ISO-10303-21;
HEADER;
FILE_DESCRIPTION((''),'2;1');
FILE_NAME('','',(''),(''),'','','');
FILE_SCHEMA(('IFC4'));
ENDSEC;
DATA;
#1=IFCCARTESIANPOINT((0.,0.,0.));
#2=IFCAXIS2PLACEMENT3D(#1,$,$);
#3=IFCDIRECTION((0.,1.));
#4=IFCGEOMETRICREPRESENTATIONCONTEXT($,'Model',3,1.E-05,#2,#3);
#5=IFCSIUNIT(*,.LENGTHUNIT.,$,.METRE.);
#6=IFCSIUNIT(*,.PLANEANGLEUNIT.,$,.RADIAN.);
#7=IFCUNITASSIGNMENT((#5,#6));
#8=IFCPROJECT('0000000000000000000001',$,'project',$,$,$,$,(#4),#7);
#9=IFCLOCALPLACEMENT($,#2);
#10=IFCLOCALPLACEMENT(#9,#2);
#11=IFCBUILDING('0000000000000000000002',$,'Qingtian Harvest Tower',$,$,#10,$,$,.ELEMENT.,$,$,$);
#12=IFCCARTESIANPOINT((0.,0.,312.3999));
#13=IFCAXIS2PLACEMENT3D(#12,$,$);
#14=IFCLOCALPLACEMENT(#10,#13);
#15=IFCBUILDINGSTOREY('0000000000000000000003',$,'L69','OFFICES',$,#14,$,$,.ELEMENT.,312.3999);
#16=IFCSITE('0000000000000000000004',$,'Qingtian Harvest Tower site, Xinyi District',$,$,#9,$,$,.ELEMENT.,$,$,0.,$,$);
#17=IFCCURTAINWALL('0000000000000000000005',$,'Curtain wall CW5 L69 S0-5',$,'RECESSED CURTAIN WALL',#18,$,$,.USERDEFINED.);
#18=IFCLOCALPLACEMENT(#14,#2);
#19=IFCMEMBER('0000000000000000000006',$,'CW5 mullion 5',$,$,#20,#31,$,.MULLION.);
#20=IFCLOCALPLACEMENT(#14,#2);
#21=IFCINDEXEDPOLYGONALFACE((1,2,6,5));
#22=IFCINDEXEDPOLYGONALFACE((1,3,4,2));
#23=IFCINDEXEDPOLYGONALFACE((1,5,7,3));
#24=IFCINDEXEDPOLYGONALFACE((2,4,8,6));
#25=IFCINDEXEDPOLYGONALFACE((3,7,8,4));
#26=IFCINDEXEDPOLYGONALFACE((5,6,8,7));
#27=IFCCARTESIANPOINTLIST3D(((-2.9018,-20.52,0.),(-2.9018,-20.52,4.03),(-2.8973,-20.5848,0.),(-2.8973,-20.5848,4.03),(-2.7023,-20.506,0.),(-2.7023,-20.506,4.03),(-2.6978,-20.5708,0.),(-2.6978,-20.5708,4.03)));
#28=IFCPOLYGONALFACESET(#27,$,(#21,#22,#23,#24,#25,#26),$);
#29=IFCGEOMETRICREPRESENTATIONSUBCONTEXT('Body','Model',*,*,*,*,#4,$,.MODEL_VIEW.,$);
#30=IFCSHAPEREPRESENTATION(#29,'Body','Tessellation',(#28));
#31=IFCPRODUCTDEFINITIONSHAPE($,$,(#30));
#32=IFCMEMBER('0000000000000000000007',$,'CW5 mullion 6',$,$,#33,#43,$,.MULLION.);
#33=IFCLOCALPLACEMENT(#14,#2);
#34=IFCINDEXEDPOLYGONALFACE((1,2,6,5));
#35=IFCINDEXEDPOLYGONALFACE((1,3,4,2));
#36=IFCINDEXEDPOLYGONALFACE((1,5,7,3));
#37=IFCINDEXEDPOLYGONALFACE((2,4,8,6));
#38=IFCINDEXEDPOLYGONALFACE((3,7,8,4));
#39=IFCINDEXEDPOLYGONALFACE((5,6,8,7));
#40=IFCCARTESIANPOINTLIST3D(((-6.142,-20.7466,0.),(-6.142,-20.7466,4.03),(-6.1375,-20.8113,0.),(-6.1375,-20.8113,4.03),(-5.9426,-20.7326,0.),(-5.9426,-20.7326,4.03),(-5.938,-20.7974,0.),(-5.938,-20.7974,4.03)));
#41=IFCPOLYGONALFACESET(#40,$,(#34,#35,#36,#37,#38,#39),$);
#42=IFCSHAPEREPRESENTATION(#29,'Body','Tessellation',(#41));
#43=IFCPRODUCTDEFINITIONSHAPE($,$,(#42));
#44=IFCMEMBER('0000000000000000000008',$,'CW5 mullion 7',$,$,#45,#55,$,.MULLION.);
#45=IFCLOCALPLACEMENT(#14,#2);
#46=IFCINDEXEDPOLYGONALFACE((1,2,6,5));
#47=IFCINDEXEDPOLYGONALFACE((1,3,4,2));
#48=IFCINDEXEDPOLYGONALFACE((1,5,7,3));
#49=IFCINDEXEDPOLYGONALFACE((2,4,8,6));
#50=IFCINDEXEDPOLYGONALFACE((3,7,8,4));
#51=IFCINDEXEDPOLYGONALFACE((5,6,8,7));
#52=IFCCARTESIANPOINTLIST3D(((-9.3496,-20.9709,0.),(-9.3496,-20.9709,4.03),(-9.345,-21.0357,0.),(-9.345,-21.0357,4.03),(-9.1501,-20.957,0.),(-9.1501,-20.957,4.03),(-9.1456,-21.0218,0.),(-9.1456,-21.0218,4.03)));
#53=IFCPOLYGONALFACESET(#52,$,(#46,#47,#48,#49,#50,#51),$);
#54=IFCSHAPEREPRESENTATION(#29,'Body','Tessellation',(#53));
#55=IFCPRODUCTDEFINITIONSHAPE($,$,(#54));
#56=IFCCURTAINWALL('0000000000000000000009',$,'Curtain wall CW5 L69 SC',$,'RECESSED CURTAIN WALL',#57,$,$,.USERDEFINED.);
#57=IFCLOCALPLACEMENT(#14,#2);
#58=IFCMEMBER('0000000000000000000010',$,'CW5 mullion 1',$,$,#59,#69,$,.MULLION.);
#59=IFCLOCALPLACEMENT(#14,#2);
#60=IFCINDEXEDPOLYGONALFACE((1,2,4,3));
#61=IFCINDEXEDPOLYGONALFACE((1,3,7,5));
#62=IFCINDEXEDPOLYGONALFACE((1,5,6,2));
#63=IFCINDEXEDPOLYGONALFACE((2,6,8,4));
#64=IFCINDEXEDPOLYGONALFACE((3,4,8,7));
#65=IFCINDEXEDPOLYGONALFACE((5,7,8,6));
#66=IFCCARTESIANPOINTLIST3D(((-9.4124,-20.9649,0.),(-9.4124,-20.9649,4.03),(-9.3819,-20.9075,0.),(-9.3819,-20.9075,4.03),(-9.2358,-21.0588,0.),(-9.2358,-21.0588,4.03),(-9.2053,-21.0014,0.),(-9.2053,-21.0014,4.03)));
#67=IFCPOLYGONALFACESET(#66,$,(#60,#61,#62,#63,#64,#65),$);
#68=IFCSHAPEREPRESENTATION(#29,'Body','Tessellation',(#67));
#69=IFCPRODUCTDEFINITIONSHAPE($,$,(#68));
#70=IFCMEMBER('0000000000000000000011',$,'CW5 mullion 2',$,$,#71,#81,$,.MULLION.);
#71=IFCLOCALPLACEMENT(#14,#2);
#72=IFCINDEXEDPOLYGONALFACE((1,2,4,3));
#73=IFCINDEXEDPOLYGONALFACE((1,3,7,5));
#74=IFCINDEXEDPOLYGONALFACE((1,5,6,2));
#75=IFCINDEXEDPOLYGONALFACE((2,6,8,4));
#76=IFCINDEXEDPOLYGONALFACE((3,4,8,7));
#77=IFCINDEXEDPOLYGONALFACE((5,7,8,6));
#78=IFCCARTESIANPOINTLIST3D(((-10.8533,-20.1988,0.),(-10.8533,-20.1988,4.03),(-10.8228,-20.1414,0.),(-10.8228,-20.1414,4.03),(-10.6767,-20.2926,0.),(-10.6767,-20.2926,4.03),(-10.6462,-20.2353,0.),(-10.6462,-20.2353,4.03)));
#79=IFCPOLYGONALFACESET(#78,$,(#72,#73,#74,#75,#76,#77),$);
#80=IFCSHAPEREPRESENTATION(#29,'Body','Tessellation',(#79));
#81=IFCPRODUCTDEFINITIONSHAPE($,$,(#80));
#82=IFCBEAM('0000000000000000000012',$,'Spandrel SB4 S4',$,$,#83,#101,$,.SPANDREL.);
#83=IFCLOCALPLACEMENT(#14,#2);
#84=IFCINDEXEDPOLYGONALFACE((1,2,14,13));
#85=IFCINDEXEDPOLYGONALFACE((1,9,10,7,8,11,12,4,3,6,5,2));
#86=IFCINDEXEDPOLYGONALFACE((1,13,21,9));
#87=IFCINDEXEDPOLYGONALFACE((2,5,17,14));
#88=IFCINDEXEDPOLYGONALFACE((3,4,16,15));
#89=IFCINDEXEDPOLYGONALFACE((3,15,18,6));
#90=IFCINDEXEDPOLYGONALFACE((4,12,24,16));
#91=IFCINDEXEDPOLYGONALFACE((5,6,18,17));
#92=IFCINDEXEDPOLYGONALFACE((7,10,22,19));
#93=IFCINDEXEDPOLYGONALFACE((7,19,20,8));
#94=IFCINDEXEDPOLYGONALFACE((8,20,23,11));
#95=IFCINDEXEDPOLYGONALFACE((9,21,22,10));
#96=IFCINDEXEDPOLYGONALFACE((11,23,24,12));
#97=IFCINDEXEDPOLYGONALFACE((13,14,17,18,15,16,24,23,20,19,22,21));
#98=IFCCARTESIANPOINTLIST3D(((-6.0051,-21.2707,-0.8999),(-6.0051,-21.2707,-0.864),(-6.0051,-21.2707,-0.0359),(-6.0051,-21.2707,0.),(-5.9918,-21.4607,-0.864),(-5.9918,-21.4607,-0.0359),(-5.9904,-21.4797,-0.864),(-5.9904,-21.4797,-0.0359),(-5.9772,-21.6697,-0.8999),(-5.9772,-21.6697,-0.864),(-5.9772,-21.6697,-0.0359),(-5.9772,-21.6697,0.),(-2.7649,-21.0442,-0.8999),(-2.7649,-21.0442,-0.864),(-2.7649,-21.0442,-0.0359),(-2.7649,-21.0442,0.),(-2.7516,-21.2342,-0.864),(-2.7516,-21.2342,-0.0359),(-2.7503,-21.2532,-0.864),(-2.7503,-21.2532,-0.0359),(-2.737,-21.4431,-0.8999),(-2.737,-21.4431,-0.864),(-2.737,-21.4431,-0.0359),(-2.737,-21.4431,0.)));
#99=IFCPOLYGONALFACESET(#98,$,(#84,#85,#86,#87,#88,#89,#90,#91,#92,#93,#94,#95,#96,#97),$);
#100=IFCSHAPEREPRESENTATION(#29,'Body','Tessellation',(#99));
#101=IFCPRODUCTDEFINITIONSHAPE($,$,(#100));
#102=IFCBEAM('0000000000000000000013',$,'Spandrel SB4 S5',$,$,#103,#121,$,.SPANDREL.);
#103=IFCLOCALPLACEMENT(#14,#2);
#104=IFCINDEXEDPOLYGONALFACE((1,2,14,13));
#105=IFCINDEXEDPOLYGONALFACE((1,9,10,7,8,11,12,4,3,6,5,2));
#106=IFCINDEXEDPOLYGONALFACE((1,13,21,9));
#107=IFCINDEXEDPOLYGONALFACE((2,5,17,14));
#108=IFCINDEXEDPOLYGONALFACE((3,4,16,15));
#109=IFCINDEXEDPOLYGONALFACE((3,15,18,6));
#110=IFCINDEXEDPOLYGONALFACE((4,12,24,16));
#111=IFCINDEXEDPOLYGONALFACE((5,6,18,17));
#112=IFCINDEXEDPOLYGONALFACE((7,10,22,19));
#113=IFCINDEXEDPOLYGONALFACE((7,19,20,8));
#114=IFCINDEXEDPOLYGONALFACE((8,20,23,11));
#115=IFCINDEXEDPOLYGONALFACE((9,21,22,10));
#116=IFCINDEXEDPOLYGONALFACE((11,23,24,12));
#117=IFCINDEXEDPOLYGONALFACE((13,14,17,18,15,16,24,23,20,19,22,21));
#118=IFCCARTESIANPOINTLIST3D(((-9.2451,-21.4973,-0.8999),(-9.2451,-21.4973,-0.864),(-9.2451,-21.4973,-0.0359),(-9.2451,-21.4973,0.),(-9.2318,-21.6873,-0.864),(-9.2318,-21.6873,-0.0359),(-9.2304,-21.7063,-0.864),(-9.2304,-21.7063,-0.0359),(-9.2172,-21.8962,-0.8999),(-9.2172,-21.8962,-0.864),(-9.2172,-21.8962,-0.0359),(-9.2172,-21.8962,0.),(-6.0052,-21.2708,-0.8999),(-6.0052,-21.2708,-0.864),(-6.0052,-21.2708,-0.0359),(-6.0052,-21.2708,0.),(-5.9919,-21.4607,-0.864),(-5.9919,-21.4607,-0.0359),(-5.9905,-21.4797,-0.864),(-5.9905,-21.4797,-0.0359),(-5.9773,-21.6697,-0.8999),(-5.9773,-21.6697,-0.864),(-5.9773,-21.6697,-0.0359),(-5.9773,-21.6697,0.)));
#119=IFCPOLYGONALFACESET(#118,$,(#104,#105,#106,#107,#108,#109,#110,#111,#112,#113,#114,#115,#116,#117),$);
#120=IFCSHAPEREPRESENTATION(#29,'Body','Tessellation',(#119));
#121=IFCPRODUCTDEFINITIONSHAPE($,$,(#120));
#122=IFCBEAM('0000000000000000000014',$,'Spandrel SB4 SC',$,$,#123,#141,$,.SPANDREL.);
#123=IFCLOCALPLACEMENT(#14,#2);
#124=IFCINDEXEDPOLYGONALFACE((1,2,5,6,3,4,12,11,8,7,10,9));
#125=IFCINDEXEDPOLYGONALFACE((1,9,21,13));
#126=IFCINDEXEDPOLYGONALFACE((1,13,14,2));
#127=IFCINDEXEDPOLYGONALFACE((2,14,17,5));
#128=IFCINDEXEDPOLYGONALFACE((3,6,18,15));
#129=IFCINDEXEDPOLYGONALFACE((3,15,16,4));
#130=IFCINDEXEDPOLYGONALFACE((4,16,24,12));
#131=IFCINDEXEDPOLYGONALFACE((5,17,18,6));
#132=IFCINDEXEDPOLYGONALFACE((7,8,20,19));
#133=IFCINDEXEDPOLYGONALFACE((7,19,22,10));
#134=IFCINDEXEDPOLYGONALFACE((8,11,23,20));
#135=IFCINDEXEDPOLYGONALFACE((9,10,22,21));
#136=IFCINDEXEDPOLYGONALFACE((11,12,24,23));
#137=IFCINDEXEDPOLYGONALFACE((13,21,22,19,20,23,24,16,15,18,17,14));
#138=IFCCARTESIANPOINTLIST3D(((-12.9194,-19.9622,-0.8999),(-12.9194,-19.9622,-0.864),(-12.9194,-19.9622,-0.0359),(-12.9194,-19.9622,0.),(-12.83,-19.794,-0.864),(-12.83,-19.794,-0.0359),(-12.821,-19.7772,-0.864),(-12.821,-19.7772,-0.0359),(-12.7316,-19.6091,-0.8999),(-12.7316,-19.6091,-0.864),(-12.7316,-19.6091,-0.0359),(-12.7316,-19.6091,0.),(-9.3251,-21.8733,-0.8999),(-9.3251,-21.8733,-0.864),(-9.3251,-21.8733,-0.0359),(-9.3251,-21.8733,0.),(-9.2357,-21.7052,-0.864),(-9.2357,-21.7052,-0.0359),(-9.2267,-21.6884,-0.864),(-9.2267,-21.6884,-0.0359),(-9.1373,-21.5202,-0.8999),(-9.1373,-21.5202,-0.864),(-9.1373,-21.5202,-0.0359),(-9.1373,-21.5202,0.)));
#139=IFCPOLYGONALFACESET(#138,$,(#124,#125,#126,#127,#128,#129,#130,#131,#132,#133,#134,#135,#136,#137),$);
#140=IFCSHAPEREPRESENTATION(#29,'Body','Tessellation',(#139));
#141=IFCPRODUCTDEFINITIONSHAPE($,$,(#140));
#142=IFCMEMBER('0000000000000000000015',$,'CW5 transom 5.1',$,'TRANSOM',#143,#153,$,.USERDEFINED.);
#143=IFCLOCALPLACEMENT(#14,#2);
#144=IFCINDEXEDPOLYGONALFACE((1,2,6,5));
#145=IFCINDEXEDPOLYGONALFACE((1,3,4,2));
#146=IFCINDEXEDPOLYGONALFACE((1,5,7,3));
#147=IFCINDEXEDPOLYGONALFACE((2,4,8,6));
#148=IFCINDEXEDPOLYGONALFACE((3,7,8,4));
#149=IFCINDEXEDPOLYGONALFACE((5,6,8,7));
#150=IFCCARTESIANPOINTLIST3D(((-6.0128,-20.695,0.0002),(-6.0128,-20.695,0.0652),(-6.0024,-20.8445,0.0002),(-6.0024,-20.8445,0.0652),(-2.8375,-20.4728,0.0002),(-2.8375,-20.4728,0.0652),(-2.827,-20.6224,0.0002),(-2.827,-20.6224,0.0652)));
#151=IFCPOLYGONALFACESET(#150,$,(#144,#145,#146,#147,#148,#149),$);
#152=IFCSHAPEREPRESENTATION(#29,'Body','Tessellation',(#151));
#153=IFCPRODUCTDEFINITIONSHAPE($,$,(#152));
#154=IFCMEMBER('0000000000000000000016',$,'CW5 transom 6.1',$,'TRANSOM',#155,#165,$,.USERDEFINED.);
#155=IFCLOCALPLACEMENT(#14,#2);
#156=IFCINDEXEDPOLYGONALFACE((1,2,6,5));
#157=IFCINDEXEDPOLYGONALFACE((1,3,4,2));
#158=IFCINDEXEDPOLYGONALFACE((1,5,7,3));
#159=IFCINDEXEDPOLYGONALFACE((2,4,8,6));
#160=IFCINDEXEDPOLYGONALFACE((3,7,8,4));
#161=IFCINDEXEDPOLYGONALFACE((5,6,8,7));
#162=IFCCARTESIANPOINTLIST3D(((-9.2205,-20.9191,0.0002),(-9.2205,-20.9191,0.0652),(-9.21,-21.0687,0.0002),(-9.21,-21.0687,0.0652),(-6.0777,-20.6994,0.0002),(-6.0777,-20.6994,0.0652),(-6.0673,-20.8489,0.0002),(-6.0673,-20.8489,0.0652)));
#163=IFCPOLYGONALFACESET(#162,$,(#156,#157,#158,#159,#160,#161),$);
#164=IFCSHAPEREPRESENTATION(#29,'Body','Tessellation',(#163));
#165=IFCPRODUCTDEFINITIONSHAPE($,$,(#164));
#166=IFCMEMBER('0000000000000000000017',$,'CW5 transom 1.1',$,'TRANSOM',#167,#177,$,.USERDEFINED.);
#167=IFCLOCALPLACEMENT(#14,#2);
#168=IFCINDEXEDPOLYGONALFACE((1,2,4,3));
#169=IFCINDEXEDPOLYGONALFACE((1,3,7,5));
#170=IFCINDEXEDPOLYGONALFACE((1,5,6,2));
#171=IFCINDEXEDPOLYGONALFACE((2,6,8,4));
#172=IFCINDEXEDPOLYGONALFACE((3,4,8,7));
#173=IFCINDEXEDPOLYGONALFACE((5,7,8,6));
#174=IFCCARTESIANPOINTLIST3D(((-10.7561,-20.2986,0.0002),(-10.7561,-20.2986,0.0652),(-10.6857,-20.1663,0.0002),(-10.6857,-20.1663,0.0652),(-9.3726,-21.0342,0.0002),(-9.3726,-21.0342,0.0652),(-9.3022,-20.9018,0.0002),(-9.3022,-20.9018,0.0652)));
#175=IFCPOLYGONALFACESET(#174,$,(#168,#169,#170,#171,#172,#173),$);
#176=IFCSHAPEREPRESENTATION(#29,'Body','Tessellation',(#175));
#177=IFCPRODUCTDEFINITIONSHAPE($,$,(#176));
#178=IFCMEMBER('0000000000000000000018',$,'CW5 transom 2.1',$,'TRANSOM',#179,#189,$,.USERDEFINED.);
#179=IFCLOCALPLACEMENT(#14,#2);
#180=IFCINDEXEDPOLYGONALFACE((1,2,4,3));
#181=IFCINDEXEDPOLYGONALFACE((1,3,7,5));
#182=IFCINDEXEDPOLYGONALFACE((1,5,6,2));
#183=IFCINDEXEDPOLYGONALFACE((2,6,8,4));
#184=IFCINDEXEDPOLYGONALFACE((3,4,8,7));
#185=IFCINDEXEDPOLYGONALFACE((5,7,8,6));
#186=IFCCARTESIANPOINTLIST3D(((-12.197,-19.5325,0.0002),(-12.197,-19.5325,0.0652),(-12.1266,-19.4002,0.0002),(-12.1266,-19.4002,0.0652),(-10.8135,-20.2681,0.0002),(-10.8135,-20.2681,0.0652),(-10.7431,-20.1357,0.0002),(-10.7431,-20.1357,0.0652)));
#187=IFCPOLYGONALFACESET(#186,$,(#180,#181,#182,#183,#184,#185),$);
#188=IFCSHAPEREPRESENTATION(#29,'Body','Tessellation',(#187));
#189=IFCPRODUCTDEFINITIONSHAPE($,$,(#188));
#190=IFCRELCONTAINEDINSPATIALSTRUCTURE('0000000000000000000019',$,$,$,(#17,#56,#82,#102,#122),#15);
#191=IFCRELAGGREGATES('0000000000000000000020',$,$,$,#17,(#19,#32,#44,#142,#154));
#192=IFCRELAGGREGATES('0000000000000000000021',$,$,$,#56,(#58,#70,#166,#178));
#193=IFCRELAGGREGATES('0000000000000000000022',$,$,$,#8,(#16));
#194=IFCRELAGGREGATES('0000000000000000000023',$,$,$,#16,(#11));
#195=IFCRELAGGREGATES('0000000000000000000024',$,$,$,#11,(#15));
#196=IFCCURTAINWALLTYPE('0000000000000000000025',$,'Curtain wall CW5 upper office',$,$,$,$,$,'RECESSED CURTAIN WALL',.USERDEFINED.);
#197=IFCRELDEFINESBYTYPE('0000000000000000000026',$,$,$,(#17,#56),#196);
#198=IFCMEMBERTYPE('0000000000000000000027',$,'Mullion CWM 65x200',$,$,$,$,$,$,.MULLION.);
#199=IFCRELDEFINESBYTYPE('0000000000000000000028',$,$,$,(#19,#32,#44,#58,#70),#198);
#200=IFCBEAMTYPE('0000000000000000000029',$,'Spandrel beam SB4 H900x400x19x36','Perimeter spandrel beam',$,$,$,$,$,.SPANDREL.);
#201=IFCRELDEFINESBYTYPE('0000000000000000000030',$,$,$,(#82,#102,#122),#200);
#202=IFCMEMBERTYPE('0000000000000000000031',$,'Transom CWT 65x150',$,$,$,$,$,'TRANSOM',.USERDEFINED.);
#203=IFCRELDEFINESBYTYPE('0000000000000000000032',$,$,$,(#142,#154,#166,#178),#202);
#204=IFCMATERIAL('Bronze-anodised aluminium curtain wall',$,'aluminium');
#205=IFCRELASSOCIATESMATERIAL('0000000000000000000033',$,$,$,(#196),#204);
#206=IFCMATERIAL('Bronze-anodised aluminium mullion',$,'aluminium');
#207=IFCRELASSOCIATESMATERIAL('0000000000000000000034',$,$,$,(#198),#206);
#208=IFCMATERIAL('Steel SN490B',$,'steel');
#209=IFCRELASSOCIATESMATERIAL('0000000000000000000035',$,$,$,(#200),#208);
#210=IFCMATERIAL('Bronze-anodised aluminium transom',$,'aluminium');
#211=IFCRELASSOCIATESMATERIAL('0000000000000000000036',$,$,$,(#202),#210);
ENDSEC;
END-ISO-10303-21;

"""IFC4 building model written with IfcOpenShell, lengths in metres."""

from ifc_helpers import new_model, si_unit, direction, frame, origin, origin_2d, place, context, subcontext, project, spatial, rectangle, i_section, extrude, material, material_profile, profile_set, type_object, element, aggregate, save


model = new_model("IFC4")

# Units and contexts
model_context = context("Model", 3, precision=1e-05, world=origin(), true_north=direction((0.0, 1.0)))
body_context = subcontext(model_context, "Body", "Model", "MODEL_VIEW")
ifc_project = project(units=[si_unit("LENGTHUNIT", "METRE"), si_unit("PLANEANGLEUNIT", "RADIAN")], contexts=[model_context])

# Site, building, storey
site_placement = place(None, origin())
site = spatial("IfcSite", under=ifc_project, at=site_placement, Name="Qingtian Harvest Tower site, Xinyi District", CompositionType="ELEMENT", RefElevation=0.0)
building_placement = place(site_placement, origin())
building = spatial("IfcBuilding", under=site, at=building_placement, Name="Qingtian Harvest Tower", CompositionType="ELEMENT")
storey_placement = place(building_placement, frame((0.0, 0.0, 312.3999)))
storey = spatial("IfcBuildingStorey", under=building, at=storey_placement, Name="L69", Description="OFFICES", CompositionType="ELEMENT", Elevation=312.3999)

# Curtain walls, members
ifc_material_1 = material(Name="Bronze-anodised aluminium curtain wall", Category="aluminium")
curtain_wall_type = type_object("IfcCurtainWallType", Name="Curtain wall CW5 upper office", ElementType="RECESSED CURTAIN WALL", PredefinedType="USERDEFINED", material=ifc_material_1)
curtain_wall_1_placement = place(storey_placement, origin())
curtain_wall_1 = element("IfcCurtainWall", 1, at=curtain_wall_1_placement, inside=storey, type_object=curtain_wall_type, Name="Curtain wall CW5 L69 S0-5", ObjectType="RECESSED CURTAIN WALL", PredefinedType="USERDEFINED")
ifc_material_2 = material(Name="Bronze-anodised aluminium mullion", Category="aluminium")
ifc_material_profile_1 = material_profile(ifc_material_2, rectangle(XDim=0.0649, YDim=0.2, at=origin_2d()), Name="AL 65x200")
ifc_profile_set_1 = profile_set([ifc_material_profile_1], Name="Bronze-anodised aluminium mullion")
member_type_1 = type_object("IfcMemberType", Name="Mullion CWM 65x200", PredefinedType="MULLION", material=ifc_profile_set_1)
member_1_placement = place(storey_placement, frame((-2.7998, -20.5454, 0.0), z_axis=(0.0, 0.0, 1.0), x_axis=(0.069756, -0.997564, 0.0)))
member_1 = element("IfcMember", 2, at=member_1_placement, type_object=member_type_1, Name="CW5 mullion 5", PredefinedType="MULLION", context=body_context, shape_type="SweptSolid", body=[
    extrude(rectangle(XDim=0.0649, YDim=0.2, at=origin_2d()), origin(), (0.0, 0.0, 1.0), 4.03),
])
member_2_placement = place(storey_placement, frame((-6.04, -20.772, 0.0), z_axis=(0.0, 0.0, 1.0), x_axis=(0.069756, -0.997564, 0.0)))
member_2 = element("IfcMember", 3, at=member_2_placement, type_object=member_type_1, Name="CW5 mullion 6", PredefinedType="MULLION", context=body_context, shape_type="SweptSolid", body=[
    extrude(rectangle(XDim=0.0649, YDim=0.2, at=origin_2d()), origin(), (0.0, 0.0, 1.0), 4.03),
])
member_3_placement = place(storey_placement, frame((-9.2476, -20.9963, 0.0), z_axis=(0.0, 0.0, 1.0), x_axis=(0.069756, -0.997564, 0.0)))
member_3 = element("IfcMember", 4, at=member_3_placement, type_object=member_type_1, Name="CW5 mullion 7", PredefinedType="MULLION", context=body_context, shape_type="SweptSolid", body=[
    extrude(rectangle(XDim=0.0649, YDim=0.2, at=origin_2d()), origin(), (0.0, 0.0, 1.0), 4.03),
])
curtain_wall_2_placement = place(storey_placement, origin())
curtain_wall_2 = element("IfcCurtainWall", 5, at=curtain_wall_2_placement, inside=storey, type_object=curtain_wall_type, Name="Curtain wall CW5 L69 SC", ObjectType="RECESSED CURTAIN WALL", PredefinedType="USERDEFINED")
member_4_placement = place(storey_placement, frame((-9.3088, -20.9832, 0.0), z_axis=(0.0, 0.0, 1.0), x_axis=(-0.469472, -0.882948, 0.0)))
member_4 = element("IfcMember", 6, at=member_4_placement, type_object=member_type_1, Name="CW5 mullion 1", PredefinedType="MULLION", context=body_context, shape_type="SweptSolid", body=[
    extrude(rectangle(XDim=0.0649, YDim=0.2, at=origin_2d()), origin(), (0.0, 0.0, 1.0), 4.03),
])
member_5_placement = place(storey_placement, frame((-10.7498, -20.217, 0.0), z_axis=(0.0, 0.0, 1.0), x_axis=(-0.469472, -0.882948, 0.0)))
member_5 = element("IfcMember", 7, at=member_5_placement, type_object=member_type_1, Name="CW5 mullion 2", PredefinedType="MULLION", context=body_context, shape_type="SweptSolid", body=[
    extrude(rectangle(XDim=0.0649, YDim=0.2, at=origin_2d()), origin(), (0.0, 0.0, 1.0), 4.03),
])

# Beams
ifc_material_3 = material(Name="Steel SN490B", Category="steel")
ifc_material_profile_2 = material_profile(ifc_material_3, i_section(OverallWidth=0.3999, OverallDepth=0.8999, WebThickness=0.019, FlangeThickness=0.0359, at=origin_2d()), Name="H900x400x19x36")
ifc_profile_set_2 = profile_set([ifc_material_profile_2], Name="Steel SN490B")
beam_type_1 = type_object("IfcBeamType", Name="Spandrel beam SB4 H900x400x19x36", Description="Perimeter spandrel beam", PredefinedType="SPANDREL", material=ifc_profile_set_2)
beam_1_placement = place(storey_placement, frame((-2.751, -21.2437, -0.45), z_axis=(-0.997564, -0.069751, 0.0), x_axis=(0.069751, -0.997564, 0.0)))
element("IfcBeam", 8, at=beam_1_placement, inside=storey, type_object=beam_type_1, Name="Spandrel SB4 S4", PredefinedType="SPANDREL", context=body_context, shape_type="SweptSolid", body=[
    extrude(i_section(OverallWidth=0.3999, OverallDepth=0.8999, WebThickness=0.019, FlangeThickness=0.0359, at=origin_2d()), origin(), (0.0, 0.0, 1.0), 3.248),
])
beam_2_placement = place(storey_placement, frame((-5.9912, -21.4702, -0.45), z_axis=(-0.997564, -0.069757, 0.0), x_axis=(0.069757, -0.997564, 0.0)))
element("IfcBeam", 9, at=beam_2_placement, inside=storey, type_object=beam_type_1, Name="Spandrel SB4 S5", PredefinedType="SPANDREL", context=body_context, shape_type="SweptSolid", body=[
    extrude(i_section(OverallWidth=0.3999, OverallDepth=0.8999, WebThickness=0.019, FlangeThickness=0.0359, at=origin_2d()), origin(), (0.0, 0.0, 1.0), 3.2478),
])
beam_3_placement = place(storey_placement, frame((-9.2312, -21.6968, -0.45), z_axis=(-0.882943, 0.46948, 0.0), x_axis=(-0.46948, -0.882943, 0.0)))
element("IfcBeam", 10, at=beam_3_placement, inside=storey, type_object=beam_type_1, Name="Spandrel SB4 SC", PredefinedType="SPANDREL", context=body_context, shape_type="SweptSolid", body=[
    extrude(i_section(OverallWidth=0.3999, OverallDepth=0.8999, WebThickness=0.019, FlangeThickness=0.0359, at=origin_2d()), origin(), (0.0, 0.0, 1.0), 4.0708),
])

# Members
ifc_material_4 = material(Name="Bronze-anodised aluminium transom", Category="aluminium")
ifc_material_profile_3 = material_profile(ifc_material_4, rectangle(XDim=0.1499, YDim=0.0649, at=origin_2d()), Name="AL 65x150")
ifc_profile_set_3 = profile_set([ifc_material_profile_3], Name="Bronze-anodised aluminium transom")
member_type_2 = type_object("IfcMemberType", Name="Transom CWT 65x150", ElementType="TRANSOM", PredefinedType="USERDEFINED", material=ifc_profile_set_3)
member_6_placement = place(storey_placement, frame((-2.8323, -20.5476, 0.0327), z_axis=(-0.997561, -0.069797, 0.0), x_axis=(0.069797, -0.997561, 0.0)))
member_6 = element("IfcMember", 11, at=member_6_placement, type_object=member_type_2, Name="CW5 transom 5.1", ObjectType="TRANSOM", PredefinedType="USERDEFINED", context=body_context, shape_type="SweptSolid", body=[
    extrude(rectangle(XDim=0.1499, YDim=0.0649, at=origin_2d()), origin(), (0.0, 0.0, 1.0), 3.1831),
])
member_7_placement = place(storey_placement, frame((-6.0725, -20.7742, 0.0327), z_axis=(-0.997565, -0.069744, 0.0), x_axis=(0.069744, -0.997565, 0.0)))
member_7 = element("IfcMember", 12, at=member_7_placement, type_object=member_type_2, Name="CW5 transom 6.1", ObjectType="TRANSOM", PredefinedType="USERDEFINED", context=body_context, shape_type="SweptSolid", body=[
    extrude(rectangle(XDim=0.1499, YDim=0.0649, at=origin_2d()), origin(), (0.0, 0.0, 1.0), 3.1504),
])
member_8_placement = place(storey_placement, frame((-9.3374, -20.968, 0.0327), z_axis=(-0.88296, 0.469448, 0.0), x_axis=(-0.469448, -0.88296, 0.0)))
member_8 = element("IfcMember", 13, at=member_8_placement, type_object=member_type_2, Name="CW5 transom 1.1", ObjectType="TRANSOM", PredefinedType="USERDEFINED", context=body_context, shape_type="SweptSolid", body=[
    extrude(rectangle(XDim=0.1499, YDim=0.0649, at=origin_2d()), origin(), (0.0, 0.0, 1.0), 1.5669),
])
member_9_placement = place(storey_placement, frame((-10.7783, -20.2019, 0.0327), z_axis=(-0.88296, 0.469448, 0.0), x_axis=(-0.469448, -0.88296, 0.0)))
member_9 = element("IfcMember", 14, at=member_9_placement, type_object=member_type_2, Name="CW5 transom 2.1", ObjectType="TRANSOM", PredefinedType="USERDEFINED", context=body_context, shape_type="SweptSolid", body=[
    extrude(rectangle(XDim=0.1499, YDim=0.0649, at=origin_2d()), origin(), (0.0, 0.0, 1.0), 1.5669),
])

aggregate(curtain_wall_1, [member_1, member_2, member_3, member_6, member_7])
aggregate(curtain_wall_2, [member_4, member_5, member_8, member_9])

save(model, "model.ifc")
